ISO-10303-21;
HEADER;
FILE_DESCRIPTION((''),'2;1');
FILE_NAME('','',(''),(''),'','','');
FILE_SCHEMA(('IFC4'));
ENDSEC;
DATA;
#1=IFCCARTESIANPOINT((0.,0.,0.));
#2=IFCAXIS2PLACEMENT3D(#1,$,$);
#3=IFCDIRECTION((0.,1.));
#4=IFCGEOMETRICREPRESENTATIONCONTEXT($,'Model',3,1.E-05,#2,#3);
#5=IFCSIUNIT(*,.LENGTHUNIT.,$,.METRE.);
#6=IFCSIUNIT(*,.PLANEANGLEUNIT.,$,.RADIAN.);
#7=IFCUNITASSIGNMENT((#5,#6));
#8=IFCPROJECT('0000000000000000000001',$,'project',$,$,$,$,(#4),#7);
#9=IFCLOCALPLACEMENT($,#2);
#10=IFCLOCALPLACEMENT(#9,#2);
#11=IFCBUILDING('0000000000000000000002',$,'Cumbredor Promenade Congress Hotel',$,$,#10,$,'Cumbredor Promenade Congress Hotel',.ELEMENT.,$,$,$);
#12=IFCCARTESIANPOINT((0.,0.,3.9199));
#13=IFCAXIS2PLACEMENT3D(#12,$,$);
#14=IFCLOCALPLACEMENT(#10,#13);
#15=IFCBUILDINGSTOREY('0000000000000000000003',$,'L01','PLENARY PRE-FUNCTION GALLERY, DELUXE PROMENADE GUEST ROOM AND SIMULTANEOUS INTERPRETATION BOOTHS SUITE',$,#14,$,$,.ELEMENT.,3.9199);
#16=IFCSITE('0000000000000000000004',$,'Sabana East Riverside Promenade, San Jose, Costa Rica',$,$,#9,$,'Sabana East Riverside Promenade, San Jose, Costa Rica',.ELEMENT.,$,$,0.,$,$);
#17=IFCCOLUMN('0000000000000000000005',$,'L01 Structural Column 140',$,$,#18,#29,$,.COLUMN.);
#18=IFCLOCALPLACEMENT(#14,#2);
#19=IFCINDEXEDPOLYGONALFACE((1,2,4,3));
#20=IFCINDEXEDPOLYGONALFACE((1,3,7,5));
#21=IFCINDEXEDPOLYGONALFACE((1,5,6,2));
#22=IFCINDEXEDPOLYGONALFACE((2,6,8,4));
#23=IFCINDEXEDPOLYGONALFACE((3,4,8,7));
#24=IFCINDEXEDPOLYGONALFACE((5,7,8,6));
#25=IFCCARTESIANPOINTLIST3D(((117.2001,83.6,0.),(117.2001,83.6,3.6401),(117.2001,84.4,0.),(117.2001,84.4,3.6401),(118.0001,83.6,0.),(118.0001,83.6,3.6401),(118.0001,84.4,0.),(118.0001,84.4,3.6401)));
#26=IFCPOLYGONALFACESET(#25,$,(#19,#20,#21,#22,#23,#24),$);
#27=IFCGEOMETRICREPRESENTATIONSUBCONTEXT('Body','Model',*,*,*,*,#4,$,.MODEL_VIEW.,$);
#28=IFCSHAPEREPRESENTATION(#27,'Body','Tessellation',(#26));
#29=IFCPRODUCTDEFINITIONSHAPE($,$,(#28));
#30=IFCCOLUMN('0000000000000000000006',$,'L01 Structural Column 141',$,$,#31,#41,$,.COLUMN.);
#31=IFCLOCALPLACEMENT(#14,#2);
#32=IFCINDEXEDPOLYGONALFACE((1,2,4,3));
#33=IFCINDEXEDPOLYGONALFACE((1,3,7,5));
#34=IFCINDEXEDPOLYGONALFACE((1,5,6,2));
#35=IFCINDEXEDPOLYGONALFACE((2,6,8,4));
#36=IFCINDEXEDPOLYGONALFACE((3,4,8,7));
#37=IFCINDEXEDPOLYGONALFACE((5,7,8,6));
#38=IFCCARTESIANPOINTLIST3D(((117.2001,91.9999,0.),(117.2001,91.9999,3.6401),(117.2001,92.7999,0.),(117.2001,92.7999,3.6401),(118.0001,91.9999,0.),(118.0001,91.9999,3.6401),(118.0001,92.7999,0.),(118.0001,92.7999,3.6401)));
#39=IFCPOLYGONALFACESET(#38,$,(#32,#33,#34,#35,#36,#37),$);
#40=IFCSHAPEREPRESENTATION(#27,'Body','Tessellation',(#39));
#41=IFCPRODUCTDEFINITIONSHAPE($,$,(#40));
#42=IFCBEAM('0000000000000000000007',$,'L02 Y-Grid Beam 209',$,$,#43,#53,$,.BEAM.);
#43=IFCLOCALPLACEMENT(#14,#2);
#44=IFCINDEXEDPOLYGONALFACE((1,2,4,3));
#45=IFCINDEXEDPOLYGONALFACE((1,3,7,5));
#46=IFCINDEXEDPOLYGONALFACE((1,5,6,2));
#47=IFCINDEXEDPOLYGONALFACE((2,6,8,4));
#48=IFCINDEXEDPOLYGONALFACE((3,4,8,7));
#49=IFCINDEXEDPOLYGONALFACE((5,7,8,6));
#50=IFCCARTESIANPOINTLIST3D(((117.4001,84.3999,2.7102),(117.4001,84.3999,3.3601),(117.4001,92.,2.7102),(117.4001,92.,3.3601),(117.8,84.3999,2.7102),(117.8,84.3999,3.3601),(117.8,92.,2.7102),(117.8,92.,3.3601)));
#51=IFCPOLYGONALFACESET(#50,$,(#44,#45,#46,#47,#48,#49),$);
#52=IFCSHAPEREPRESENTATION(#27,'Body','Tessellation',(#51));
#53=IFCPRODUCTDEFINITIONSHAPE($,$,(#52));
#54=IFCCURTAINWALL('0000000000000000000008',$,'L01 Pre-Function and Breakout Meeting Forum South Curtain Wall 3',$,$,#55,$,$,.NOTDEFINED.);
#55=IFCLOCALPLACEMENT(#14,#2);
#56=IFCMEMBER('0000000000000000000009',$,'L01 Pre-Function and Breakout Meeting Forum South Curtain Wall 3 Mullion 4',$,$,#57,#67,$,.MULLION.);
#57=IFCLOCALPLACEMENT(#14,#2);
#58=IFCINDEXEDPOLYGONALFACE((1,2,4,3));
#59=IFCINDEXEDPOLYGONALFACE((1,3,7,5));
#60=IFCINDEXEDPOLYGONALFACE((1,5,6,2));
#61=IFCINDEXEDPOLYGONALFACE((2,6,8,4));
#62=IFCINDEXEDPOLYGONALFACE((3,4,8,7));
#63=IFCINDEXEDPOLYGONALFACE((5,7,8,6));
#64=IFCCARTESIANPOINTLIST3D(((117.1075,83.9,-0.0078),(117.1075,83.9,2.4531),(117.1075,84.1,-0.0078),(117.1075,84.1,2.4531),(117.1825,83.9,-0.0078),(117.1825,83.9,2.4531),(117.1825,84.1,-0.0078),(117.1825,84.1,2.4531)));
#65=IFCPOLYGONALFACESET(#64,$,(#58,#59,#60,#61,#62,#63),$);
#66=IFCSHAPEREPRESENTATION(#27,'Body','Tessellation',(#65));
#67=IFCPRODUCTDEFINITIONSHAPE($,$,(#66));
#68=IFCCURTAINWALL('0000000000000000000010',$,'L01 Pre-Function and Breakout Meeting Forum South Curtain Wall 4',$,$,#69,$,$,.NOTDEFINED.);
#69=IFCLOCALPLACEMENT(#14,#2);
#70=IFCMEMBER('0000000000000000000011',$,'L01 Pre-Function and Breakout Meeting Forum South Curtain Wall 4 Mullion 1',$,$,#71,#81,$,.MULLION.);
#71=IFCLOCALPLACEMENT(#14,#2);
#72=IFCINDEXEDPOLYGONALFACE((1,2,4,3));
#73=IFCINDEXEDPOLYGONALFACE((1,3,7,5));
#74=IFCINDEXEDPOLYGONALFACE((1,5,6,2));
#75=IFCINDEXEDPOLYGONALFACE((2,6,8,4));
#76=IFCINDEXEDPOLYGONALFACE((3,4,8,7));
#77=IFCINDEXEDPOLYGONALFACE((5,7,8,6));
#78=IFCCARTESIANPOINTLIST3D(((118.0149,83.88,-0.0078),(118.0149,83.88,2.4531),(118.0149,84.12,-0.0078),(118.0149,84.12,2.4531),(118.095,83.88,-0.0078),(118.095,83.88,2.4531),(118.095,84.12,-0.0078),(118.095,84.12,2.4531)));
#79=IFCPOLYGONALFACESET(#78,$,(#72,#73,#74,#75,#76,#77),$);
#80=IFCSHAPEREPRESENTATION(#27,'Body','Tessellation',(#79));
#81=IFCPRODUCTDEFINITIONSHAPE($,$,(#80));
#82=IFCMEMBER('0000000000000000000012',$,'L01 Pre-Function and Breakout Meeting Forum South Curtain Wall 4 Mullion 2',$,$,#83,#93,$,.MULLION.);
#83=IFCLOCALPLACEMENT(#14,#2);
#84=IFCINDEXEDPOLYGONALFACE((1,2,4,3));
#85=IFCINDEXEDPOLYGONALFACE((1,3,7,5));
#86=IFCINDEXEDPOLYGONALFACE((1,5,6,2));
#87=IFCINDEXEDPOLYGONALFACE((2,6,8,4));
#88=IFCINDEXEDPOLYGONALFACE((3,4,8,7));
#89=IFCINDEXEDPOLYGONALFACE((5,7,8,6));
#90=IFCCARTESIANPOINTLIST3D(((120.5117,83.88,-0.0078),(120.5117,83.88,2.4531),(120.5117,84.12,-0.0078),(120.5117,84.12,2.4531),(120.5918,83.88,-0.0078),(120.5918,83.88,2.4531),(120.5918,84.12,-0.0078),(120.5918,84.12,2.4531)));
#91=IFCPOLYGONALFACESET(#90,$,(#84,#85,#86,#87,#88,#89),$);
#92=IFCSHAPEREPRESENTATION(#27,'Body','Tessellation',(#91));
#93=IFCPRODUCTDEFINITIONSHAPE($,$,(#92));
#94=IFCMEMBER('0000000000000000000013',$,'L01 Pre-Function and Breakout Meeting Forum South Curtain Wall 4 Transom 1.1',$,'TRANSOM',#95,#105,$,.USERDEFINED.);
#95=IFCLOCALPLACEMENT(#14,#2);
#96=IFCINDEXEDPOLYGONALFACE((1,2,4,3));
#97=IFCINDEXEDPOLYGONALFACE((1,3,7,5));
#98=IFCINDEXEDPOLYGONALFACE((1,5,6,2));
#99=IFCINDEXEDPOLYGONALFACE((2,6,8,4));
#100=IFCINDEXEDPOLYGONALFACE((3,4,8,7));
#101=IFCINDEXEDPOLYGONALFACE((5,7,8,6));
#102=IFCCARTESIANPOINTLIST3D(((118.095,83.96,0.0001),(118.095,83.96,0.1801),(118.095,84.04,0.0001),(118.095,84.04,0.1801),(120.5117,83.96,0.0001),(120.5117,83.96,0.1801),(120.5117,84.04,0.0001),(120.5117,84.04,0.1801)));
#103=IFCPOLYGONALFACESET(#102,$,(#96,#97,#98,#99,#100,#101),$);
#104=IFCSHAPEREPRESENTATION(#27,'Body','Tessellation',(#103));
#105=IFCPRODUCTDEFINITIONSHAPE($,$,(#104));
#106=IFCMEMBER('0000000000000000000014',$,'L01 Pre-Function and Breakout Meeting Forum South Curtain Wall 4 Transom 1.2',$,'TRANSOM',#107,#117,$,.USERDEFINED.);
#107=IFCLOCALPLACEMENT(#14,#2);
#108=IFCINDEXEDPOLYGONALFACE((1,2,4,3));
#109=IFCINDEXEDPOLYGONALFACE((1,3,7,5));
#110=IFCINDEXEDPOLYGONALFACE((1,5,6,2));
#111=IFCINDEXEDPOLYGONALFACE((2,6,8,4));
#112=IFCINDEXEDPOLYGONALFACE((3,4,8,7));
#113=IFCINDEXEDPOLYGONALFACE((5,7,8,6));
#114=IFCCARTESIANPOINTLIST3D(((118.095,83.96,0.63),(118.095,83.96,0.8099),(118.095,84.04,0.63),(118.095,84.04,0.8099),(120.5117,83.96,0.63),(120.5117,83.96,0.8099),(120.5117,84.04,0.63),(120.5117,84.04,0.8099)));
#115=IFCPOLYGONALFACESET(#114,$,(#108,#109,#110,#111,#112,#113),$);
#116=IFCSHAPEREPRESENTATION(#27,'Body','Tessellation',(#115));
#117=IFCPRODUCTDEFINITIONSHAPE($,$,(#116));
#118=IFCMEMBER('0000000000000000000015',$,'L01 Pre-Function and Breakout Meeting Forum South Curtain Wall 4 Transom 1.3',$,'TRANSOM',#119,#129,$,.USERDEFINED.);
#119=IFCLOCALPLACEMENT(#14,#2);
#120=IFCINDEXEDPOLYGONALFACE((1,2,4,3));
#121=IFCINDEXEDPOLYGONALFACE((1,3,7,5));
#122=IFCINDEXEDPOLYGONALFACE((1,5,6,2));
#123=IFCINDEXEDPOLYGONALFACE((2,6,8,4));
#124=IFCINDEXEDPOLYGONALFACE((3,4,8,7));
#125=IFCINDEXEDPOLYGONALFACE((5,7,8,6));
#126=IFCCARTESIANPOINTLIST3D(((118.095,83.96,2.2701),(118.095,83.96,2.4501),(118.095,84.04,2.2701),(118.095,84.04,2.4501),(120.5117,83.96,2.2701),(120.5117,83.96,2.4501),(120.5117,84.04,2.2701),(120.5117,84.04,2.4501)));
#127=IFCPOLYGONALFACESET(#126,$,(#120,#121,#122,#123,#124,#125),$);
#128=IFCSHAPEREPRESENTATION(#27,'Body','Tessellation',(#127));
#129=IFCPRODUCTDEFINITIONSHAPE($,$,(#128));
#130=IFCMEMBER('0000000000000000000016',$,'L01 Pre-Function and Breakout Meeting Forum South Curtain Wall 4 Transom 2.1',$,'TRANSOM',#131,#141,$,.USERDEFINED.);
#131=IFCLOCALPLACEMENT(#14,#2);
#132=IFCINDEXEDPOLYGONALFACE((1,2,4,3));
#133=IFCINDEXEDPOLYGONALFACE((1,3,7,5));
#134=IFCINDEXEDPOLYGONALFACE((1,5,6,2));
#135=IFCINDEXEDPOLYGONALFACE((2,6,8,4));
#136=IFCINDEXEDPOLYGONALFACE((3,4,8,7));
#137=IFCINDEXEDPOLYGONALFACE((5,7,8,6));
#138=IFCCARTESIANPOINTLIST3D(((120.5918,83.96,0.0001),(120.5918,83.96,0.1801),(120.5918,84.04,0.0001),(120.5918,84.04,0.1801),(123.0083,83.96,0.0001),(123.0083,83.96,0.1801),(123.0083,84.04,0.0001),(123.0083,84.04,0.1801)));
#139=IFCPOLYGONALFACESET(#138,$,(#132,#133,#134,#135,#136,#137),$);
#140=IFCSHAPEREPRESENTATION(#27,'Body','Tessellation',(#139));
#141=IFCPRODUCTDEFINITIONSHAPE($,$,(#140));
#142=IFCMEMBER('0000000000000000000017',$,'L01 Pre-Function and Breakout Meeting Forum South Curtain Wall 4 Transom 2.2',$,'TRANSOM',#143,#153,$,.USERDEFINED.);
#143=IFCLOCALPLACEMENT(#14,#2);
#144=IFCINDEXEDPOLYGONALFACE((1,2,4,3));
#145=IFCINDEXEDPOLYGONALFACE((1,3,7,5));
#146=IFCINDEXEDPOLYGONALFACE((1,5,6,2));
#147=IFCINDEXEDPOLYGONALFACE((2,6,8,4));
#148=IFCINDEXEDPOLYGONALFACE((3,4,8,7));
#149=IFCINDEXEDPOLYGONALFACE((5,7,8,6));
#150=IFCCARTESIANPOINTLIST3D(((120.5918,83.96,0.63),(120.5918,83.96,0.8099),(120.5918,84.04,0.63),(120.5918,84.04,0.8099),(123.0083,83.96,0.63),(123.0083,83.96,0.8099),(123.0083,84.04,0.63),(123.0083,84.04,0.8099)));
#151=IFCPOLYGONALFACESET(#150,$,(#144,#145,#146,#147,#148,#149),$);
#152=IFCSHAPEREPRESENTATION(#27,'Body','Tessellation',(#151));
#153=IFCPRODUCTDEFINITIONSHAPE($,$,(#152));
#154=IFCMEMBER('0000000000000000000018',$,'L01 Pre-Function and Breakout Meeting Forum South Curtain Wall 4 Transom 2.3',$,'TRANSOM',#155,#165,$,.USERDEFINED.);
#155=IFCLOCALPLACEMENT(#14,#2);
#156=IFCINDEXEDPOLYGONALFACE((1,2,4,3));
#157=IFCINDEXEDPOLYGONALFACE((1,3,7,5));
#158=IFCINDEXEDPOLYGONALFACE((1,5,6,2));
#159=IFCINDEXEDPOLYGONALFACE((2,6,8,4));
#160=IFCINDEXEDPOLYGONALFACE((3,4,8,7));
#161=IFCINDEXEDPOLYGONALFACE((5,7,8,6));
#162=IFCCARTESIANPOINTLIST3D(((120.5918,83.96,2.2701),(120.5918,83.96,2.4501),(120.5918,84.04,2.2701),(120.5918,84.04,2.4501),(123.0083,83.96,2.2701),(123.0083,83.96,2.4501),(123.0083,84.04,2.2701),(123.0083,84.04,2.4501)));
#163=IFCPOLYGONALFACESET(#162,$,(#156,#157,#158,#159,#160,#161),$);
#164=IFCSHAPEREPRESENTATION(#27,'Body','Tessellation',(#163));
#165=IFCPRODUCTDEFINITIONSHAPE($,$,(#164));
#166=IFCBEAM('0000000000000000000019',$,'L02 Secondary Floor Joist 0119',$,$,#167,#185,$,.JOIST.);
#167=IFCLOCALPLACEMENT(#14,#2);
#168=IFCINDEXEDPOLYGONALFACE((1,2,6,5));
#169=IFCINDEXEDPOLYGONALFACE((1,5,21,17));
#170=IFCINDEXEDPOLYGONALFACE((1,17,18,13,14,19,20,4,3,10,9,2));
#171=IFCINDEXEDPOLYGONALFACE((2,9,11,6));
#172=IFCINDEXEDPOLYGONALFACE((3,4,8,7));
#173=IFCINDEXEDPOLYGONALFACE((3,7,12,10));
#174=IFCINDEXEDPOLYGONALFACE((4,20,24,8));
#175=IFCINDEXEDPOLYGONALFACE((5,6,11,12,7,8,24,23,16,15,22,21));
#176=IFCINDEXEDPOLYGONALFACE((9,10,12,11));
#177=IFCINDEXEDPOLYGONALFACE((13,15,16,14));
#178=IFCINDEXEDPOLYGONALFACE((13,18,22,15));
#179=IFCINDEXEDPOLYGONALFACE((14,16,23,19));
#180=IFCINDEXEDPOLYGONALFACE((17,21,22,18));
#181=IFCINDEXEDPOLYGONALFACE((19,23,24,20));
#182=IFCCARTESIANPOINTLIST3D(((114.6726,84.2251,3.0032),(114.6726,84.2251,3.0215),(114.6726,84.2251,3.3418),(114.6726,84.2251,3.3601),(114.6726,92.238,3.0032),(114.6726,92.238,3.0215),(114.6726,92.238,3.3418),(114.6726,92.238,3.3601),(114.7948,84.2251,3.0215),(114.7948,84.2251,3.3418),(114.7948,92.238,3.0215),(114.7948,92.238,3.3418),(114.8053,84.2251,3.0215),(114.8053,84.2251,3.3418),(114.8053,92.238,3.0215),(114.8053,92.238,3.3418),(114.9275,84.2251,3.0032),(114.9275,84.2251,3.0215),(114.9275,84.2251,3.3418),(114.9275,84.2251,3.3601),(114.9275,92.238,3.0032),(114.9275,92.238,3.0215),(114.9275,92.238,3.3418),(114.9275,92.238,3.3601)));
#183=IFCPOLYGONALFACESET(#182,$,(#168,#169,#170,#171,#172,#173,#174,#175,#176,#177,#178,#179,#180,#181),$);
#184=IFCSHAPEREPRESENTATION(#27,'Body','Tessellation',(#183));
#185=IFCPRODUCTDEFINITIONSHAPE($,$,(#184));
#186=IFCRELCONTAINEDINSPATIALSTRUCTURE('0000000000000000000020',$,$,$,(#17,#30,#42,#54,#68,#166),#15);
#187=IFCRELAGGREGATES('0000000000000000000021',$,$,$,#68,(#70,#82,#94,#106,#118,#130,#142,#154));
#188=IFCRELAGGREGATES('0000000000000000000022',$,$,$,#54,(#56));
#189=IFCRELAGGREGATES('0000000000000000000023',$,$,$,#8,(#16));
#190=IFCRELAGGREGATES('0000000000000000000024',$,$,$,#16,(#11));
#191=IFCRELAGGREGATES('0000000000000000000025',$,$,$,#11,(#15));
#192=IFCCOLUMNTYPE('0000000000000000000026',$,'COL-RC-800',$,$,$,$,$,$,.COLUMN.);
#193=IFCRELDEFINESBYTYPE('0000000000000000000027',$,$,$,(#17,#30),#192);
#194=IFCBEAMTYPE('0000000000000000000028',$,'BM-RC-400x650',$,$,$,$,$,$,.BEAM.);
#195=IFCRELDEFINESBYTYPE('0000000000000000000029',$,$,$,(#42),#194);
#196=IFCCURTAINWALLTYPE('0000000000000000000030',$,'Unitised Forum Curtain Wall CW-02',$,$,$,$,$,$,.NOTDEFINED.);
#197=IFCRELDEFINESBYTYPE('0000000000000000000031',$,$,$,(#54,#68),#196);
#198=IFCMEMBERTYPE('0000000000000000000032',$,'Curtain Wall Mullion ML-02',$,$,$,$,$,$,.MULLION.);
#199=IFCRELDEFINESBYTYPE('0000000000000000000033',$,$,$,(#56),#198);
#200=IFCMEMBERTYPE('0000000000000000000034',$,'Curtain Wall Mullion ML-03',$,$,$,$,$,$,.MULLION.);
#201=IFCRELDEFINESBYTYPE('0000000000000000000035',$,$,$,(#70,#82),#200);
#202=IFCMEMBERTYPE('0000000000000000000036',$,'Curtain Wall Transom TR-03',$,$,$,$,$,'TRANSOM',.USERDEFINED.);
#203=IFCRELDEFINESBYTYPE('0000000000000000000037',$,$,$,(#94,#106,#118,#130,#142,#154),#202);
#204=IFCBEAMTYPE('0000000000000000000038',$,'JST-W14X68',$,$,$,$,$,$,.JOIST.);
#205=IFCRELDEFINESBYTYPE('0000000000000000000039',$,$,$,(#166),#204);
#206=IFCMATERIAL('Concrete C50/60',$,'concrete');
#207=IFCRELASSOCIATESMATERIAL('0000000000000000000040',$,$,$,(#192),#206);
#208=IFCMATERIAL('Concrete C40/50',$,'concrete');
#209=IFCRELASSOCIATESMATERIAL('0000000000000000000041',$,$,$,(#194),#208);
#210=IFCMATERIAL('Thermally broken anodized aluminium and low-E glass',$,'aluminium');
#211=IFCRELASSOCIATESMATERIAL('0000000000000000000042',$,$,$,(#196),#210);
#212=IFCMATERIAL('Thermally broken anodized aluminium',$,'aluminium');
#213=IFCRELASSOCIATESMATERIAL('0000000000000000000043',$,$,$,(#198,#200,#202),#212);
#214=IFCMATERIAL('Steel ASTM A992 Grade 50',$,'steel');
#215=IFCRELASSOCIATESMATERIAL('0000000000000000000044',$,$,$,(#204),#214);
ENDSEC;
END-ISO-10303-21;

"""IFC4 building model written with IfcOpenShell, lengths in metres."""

from ifc_helpers import new_model, si_unit, direction, frame, origin, origin_2d, place, context, subcontext, project, spatial, rectangle, i_section, extrude, material, material_profile, profile_set, type_object, element, aggregate, save


model = new_model("IFC4")

# Units and contexts
model_context = context("Model", 3, precision=1e-05, world=origin(), true_north=direction((0.0, 1.0)))
body_context = subcontext(model_context, "Body", "Model", "MODEL_VIEW")
ifc_project = project(units=[si_unit("LENGTHUNIT", "METRE"), si_unit("PLANEANGLEUNIT", "RADIAN")], contexts=[model_context])

# Site, building, storey
site_placement = place(None, origin())
site = spatial("IfcSite", under=ifc_project, at=site_placement, Name="Sabana East Riverside Promenade, San Jose, Costa Rica", LongName="Sabana East Riverside Promenade, San Jose, Costa Rica", CompositionType="ELEMENT", RefElevation=0.0)
building_placement = place(site_placement, origin())
building = spatial("IfcBuilding", under=site, at=building_placement, Name="Cumbredor Promenade Congress Hotel", LongName="Cumbredor Promenade Congress Hotel", CompositionType="ELEMENT")
storey_placement = place(building_placement, frame((0.0, 0.0, 3.9199)))
storey = spatial("IfcBuildingStorey", under=building, at=storey_placement, Name="L01", Description="PLENARY PRE-FUNCTION GALLERY, DELUXE PROMENADE GUEST ROOM AND SIMULTANEOUS INTERPRETATION BOOTHS SUITE", CompositionType="ELEMENT", Elevation=3.9199)

# Columns
ifc_material_1 = material(Name="Concrete C50/60", Category="concrete")
ifc_material_profile_1 = material_profile(ifc_material_1, rectangle(XDim=0.8, YDim=0.8, at=origin_2d()), Name="RC 800x800")
ifc_profile_set_1 = profile_set([ifc_material_profile_1], Name="Concrete C50/60")
column_type = type_object("IfcColumnType", Name="COL-RC-800", PredefinedType="COLUMN", material=ifc_profile_set_1)
for number, where, z_axis, x_axis, name in (
    (1, (117.6001, 84.0, 0.0), (0.0, 0.0, 1.0), (1.0, 0.0, 0.0), "L01 Structural Column 140"),
    (2, (117.6001, 92.3999, 0.0), (0.0, 0.0, 1.0), (1.0, 0.0, 0.0), "L01 Structural Column 141"),
):
    element("IfcColumn", number, at=place(storey_placement, frame(where, z_axis=z_axis, x_axis=x_axis)), inside=storey, type_object=column_type, Name=name, PredefinedType="COLUMN", context=body_context, shape_type="SweptSolid", body=[
        extrude(rectangle(XDim=0.8, YDim=0.8, at=origin_2d()), origin(), (0.0, 0.0, 1.0), 3.6401),
    ])

# Beam
ifc_material_2 = material(Name="Concrete C40/50", Category="concrete")
ifc_material_profile_2 = material_profile(ifc_material_2, rectangle(XDim=0.3999, YDim=0.6499, at=origin_2d()), Name="RC BEAM 400x650")
ifc_profile_set_2 = profile_set([ifc_material_profile_2], Name="Concrete C40/50")
beam_type_1 = type_object("IfcBeamType", Name="BM-RC-400x650", PredefinedType="BEAM", material=ifc_profile_set_2)
beam_1_placement = place(storey_placement, frame((117.6001, 84.3999, 3.0352), z_axis=(0.0, 1.0, 0.0), x_axis=(-1.0, 0.0, 0.0)))
element("IfcBeam", 3, at=beam_1_placement, inside=storey, type_object=beam_type_1, Name="L02 Y-Grid Beam 209", PredefinedType="BEAM", context=body_context, shape_type="SweptSolid", body=[
    extrude(rectangle(XDim=0.3999, YDim=0.6499, at=origin_2d()), origin(), (0.0, 0.0, 1.0), 7.6001),
])

# Curtain wall, member
ifc_material_3 = material(Name="Thermally broken anodized aluminium and low-E glass", Category="aluminium")
curtain_wall_type = type_object("IfcCurtainWallType", Name="Unitised Forum Curtain Wall CW-02", PredefinedType="NOTDEFINED", material=ifc_material_3)
curtain_wall_1_placement = place(storey_placement, origin())
curtain_wall_1 = element("IfcCurtainWall", 4, at=curtain_wall_1_placement, inside=storey, type_object=curtain_wall_type, Name="L01 Pre-Function and Breakout Meeting Forum South Curtain Wall 3", PredefinedType="NOTDEFINED")
ifc_material_4 = material(Name="Thermally broken anodized aluminium", Category="aluminium")
ifc_material_profile_3 = material_profile(ifc_material_4, rectangle(XDim=0.075, YDim=0.2, at=origin_2d()), Name="ALU MULLION 75x200")
ifc_profile_set_3 = profile_set([ifc_material_profile_3], Name="Thermally broken anodized aluminium")
member_type_1 = type_object("IfcMemberType", Name="Curtain Wall Mullion ML-02", PredefinedType="MULLION", material=ifc_profile_set_3)
member_1_placement = place(storey_placement, frame((117.145, 84.0, -0.0078), z_axis=(0.0, 0.0, 1.0), x_axis=(1.0, 0.0, 0.0)))
member_1 = element("IfcMember", 5, at=member_1_placement, type_object=member_type_1, Name="L01 Pre-Function and Breakout Meeting Forum South Curtain Wall 3 Mullion 4", PredefinedType="MULLION", context=body_context, shape_type="SweptSolid", body=[
    extrude(rectangle(XDim=0.075, YDim=0.2, at=origin_2d()), origin(), (0.0, 0.0, 1.0), 2.4609),
])

# Curtain wall, members
curtain_wall_2_placement = place(storey_placement, origin())
curtain_wall_2 = element("IfcCurtainWall", 6, at=curtain_wall_2_placement, inside=storey, type_object=curtain_wall_type, Name="L01 Pre-Function and Breakout Meeting Forum South Curtain Wall 4", PredefinedType="NOTDEFINED")
ifc_material_profile_4 = material_profile(ifc_material_4, rectangle(XDim=0.0801, YDim=0.24, at=origin_2d()), Name="ALU MULLION 80x240")
ifc_profile_set_4 = profile_set([ifc_material_profile_4], Name="Thermally broken anodized aluminium")
member_type_2 = type_object("IfcMemberType", Name="Curtain Wall Mullion ML-03", PredefinedType="MULLION", material=ifc_profile_set_4)
member_2_placement = place(storey_placement, frame((118.0549, 84.0, -0.0078), z_axis=(0.0, 0.0, 1.0), x_axis=(1.0, 0.0, 0.0)))
member_2 = element("IfcMember", 7, at=member_2_placement, type_object=member_type_2, Name="L01 Pre-Function and Breakout Meeting Forum South Curtain Wall 4 Mullion 1", PredefinedType="MULLION", context=body_context, shape_type="SweptSolid", body=[
    extrude(rectangle(XDim=0.0801, YDim=0.24, at=origin_2d()), origin(), (0.0, 0.0, 1.0), 2.4609),
])
member_3_placement = place(storey_placement, frame((120.5518, 84.0, -0.0078), z_axis=(0.0, 0.0, 1.0), x_axis=(1.0, 0.0, 0.0)))
member_3 = element("IfcMember", 8, at=member_3_placement, type_object=member_type_2, Name="L01 Pre-Function and Breakout Meeting Forum South Curtain Wall 4 Mullion 2", PredefinedType="MULLION", context=body_context, shape_type="SweptSolid", body=[
    extrude(rectangle(XDim=0.0801, YDim=0.24, at=origin_2d()), origin(), (0.0, 0.0, 1.0), 2.4609),
])
ifc_material_profile_5 = material_profile(ifc_material_4, rectangle(XDim=0.0801, YDim=0.1799, at=origin_2d()), Name="ALU TRANSOM 80x180")
ifc_profile_set_5 = profile_set([ifc_material_profile_5], Name="Thermally broken anodized aluminium")
member_type_3 = type_object("IfcMemberType", Name="Curtain Wall Transom TR-03", ElementType="TRANSOM", PredefinedType="USERDEFINED", material=ifc_profile_set_5)
member_4_placement = place(storey_placement, frame((118.095, 84.0, 0.0901), z_axis=(1.0, 0.0, 0.0), x_axis=(0.0, 1.0, 0.0)))
member_4 = element("IfcMember", 9, at=member_4_placement, type_object=member_type_3, Name="L01 Pre-Function and Breakout Meeting Forum South Curtain Wall 4 Transom 1.1", ObjectType="TRANSOM", PredefinedType="USERDEFINED", context=body_context, shape_type="SweptSolid", body=[
    extrude(rectangle(XDim=0.0801, YDim=0.1799, at=origin_2d()), origin(), (0.0, 0.0, 1.0), 2.4167),
])
member_5_placement = place(storey_placement, frame((118.095, 84.0, 0.72), z_axis=(1.0, 0.0, 0.0), x_axis=(0.0, 1.0, 0.0)))
member_5 = element("IfcMember", 10, at=member_5_placement, type_object=member_type_3, Name="L01 Pre-Function and Breakout Meeting Forum South Curtain Wall 4 Transom 1.2", ObjectType="TRANSOM", PredefinedType="USERDEFINED", context=body_context, shape_type="SweptSolid", body=[
    extrude(rectangle(XDim=0.0801, YDim=0.1799, at=origin_2d()), origin(), (0.0, 0.0, 1.0), 2.4167),
])
member_6_placement = place(storey_placement, frame((118.095, 84.0, 2.3601), z_axis=(1.0, 0.0, 0.0), x_axis=(0.0, 1.0, 0.0)))
member_6 = element("IfcMember", 11, at=member_6_placement, type_object=member_type_3, Name="L01 Pre-Function and Breakout Meeting Forum South Curtain Wall 4 Transom 1.3", ObjectType="TRANSOM", PredefinedType="USERDEFINED", context=body_context, shape_type="SweptSolid", body=[
    extrude(rectangle(XDim=0.0801, YDim=0.1799, at=origin_2d()), origin(), (0.0, 0.0, 1.0), 2.4167),
])
member_7_placement = place(storey_placement, frame((120.5918, 84.0, 0.0901), z_axis=(1.0, 0.0, 0.0), x_axis=(0.0, 1.0, 0.0)))
member_7 = element("IfcMember", 12, at=member_7_placement, type_object=member_type_3, Name="L01 Pre-Function and Breakout Meeting Forum South Curtain Wall 4 Transom 2.1", ObjectType="TRANSOM", PredefinedType="USERDEFINED", context=body_context, shape_type="SweptSolid", body=[
    extrude(rectangle(XDim=0.0801, YDim=0.1799, at=origin_2d()), origin(), (0.0, 0.0, 1.0), 2.4165),
])
member_8_placement = place(storey_placement, frame((120.5918, 84.0, 0.72), z_axis=(1.0, 0.0, 0.0), x_axis=(0.0, 1.0, 0.0)))
member_8 = element("IfcMember", 13, at=member_8_placement, type_object=member_type_3, Name="L01 Pre-Function and Breakout Meeting Forum South Curtain Wall 4 Transom 2.2", ObjectType="TRANSOM", PredefinedType="USERDEFINED", context=body_context, shape_type="SweptSolid", body=[
    extrude(rectangle(XDim=0.0801, YDim=0.1799, at=origin_2d()), origin(), (0.0, 0.0, 1.0), 2.4165),
])
member_9_placement = place(storey_placement, frame((120.5918, 84.0, 2.3601), z_axis=(1.0, 0.0, 0.0), x_axis=(0.0, 1.0, 0.0)))
member_9 = element("IfcMember", 14, at=member_9_placement, type_object=member_type_3, Name="L01 Pre-Function and Breakout Meeting Forum South Curtain Wall 4 Transom 2.3", ObjectType="TRANSOM", PredefinedType="USERDEFINED", context=body_context, shape_type="SweptSolid", body=[
    extrude(rectangle(XDim=0.0801, YDim=0.1799, at=origin_2d()), origin(), (0.0, 0.0, 1.0), 2.4165),
])

# Beam
ifc_material_5 = material(Name="Steel ASTM A992 Grade 50", Category="steel")
ifc_material_profile_6 = material_profile(ifc_material_5, i_section(OverallWidth=0.2549, OverallDepth=0.3569, WebThickness=0.0105, FlangeThickness=0.0183, at=origin_2d()), Name="W14X68")
ifc_profile_set_6 = profile_set([ifc_material_profile_6], Name="Steel ASTM A992 Grade 50")
beam_type_2 = type_object("IfcBeamType", Name="JST-W14X68", PredefinedType="JOIST", material=ifc_profile_set_6)
beam_2_placement = place(storey_placement, frame((114.8, 84.2251, 3.1816), z_axis=(0.0, 1.0, 0.0), x_axis=(-1.0, 0.0, 0.0)))
element("IfcBeam", 15, at=beam_2_placement, inside=storey, type_object=beam_type_2, Name="L02 Secondary Floor Joist 0119", PredefinedType="JOIST", context=body_context, shape_type="SweptSolid", body=[
    extrude(i_section(OverallWidth=0.2549, OverallDepth=0.3569, WebThickness=0.0105, FlangeThickness=0.0183, at=origin_2d()), origin(), (0.0, 0.0, 1.0), 8.0129),
])

aggregate(curtain_wall_2, [member_2, member_3, member_4, member_5, member_6, member_7, member_8, member_9])
aggregate(curtain_wall_1, [member_1])

save(model, "model.ifc")
